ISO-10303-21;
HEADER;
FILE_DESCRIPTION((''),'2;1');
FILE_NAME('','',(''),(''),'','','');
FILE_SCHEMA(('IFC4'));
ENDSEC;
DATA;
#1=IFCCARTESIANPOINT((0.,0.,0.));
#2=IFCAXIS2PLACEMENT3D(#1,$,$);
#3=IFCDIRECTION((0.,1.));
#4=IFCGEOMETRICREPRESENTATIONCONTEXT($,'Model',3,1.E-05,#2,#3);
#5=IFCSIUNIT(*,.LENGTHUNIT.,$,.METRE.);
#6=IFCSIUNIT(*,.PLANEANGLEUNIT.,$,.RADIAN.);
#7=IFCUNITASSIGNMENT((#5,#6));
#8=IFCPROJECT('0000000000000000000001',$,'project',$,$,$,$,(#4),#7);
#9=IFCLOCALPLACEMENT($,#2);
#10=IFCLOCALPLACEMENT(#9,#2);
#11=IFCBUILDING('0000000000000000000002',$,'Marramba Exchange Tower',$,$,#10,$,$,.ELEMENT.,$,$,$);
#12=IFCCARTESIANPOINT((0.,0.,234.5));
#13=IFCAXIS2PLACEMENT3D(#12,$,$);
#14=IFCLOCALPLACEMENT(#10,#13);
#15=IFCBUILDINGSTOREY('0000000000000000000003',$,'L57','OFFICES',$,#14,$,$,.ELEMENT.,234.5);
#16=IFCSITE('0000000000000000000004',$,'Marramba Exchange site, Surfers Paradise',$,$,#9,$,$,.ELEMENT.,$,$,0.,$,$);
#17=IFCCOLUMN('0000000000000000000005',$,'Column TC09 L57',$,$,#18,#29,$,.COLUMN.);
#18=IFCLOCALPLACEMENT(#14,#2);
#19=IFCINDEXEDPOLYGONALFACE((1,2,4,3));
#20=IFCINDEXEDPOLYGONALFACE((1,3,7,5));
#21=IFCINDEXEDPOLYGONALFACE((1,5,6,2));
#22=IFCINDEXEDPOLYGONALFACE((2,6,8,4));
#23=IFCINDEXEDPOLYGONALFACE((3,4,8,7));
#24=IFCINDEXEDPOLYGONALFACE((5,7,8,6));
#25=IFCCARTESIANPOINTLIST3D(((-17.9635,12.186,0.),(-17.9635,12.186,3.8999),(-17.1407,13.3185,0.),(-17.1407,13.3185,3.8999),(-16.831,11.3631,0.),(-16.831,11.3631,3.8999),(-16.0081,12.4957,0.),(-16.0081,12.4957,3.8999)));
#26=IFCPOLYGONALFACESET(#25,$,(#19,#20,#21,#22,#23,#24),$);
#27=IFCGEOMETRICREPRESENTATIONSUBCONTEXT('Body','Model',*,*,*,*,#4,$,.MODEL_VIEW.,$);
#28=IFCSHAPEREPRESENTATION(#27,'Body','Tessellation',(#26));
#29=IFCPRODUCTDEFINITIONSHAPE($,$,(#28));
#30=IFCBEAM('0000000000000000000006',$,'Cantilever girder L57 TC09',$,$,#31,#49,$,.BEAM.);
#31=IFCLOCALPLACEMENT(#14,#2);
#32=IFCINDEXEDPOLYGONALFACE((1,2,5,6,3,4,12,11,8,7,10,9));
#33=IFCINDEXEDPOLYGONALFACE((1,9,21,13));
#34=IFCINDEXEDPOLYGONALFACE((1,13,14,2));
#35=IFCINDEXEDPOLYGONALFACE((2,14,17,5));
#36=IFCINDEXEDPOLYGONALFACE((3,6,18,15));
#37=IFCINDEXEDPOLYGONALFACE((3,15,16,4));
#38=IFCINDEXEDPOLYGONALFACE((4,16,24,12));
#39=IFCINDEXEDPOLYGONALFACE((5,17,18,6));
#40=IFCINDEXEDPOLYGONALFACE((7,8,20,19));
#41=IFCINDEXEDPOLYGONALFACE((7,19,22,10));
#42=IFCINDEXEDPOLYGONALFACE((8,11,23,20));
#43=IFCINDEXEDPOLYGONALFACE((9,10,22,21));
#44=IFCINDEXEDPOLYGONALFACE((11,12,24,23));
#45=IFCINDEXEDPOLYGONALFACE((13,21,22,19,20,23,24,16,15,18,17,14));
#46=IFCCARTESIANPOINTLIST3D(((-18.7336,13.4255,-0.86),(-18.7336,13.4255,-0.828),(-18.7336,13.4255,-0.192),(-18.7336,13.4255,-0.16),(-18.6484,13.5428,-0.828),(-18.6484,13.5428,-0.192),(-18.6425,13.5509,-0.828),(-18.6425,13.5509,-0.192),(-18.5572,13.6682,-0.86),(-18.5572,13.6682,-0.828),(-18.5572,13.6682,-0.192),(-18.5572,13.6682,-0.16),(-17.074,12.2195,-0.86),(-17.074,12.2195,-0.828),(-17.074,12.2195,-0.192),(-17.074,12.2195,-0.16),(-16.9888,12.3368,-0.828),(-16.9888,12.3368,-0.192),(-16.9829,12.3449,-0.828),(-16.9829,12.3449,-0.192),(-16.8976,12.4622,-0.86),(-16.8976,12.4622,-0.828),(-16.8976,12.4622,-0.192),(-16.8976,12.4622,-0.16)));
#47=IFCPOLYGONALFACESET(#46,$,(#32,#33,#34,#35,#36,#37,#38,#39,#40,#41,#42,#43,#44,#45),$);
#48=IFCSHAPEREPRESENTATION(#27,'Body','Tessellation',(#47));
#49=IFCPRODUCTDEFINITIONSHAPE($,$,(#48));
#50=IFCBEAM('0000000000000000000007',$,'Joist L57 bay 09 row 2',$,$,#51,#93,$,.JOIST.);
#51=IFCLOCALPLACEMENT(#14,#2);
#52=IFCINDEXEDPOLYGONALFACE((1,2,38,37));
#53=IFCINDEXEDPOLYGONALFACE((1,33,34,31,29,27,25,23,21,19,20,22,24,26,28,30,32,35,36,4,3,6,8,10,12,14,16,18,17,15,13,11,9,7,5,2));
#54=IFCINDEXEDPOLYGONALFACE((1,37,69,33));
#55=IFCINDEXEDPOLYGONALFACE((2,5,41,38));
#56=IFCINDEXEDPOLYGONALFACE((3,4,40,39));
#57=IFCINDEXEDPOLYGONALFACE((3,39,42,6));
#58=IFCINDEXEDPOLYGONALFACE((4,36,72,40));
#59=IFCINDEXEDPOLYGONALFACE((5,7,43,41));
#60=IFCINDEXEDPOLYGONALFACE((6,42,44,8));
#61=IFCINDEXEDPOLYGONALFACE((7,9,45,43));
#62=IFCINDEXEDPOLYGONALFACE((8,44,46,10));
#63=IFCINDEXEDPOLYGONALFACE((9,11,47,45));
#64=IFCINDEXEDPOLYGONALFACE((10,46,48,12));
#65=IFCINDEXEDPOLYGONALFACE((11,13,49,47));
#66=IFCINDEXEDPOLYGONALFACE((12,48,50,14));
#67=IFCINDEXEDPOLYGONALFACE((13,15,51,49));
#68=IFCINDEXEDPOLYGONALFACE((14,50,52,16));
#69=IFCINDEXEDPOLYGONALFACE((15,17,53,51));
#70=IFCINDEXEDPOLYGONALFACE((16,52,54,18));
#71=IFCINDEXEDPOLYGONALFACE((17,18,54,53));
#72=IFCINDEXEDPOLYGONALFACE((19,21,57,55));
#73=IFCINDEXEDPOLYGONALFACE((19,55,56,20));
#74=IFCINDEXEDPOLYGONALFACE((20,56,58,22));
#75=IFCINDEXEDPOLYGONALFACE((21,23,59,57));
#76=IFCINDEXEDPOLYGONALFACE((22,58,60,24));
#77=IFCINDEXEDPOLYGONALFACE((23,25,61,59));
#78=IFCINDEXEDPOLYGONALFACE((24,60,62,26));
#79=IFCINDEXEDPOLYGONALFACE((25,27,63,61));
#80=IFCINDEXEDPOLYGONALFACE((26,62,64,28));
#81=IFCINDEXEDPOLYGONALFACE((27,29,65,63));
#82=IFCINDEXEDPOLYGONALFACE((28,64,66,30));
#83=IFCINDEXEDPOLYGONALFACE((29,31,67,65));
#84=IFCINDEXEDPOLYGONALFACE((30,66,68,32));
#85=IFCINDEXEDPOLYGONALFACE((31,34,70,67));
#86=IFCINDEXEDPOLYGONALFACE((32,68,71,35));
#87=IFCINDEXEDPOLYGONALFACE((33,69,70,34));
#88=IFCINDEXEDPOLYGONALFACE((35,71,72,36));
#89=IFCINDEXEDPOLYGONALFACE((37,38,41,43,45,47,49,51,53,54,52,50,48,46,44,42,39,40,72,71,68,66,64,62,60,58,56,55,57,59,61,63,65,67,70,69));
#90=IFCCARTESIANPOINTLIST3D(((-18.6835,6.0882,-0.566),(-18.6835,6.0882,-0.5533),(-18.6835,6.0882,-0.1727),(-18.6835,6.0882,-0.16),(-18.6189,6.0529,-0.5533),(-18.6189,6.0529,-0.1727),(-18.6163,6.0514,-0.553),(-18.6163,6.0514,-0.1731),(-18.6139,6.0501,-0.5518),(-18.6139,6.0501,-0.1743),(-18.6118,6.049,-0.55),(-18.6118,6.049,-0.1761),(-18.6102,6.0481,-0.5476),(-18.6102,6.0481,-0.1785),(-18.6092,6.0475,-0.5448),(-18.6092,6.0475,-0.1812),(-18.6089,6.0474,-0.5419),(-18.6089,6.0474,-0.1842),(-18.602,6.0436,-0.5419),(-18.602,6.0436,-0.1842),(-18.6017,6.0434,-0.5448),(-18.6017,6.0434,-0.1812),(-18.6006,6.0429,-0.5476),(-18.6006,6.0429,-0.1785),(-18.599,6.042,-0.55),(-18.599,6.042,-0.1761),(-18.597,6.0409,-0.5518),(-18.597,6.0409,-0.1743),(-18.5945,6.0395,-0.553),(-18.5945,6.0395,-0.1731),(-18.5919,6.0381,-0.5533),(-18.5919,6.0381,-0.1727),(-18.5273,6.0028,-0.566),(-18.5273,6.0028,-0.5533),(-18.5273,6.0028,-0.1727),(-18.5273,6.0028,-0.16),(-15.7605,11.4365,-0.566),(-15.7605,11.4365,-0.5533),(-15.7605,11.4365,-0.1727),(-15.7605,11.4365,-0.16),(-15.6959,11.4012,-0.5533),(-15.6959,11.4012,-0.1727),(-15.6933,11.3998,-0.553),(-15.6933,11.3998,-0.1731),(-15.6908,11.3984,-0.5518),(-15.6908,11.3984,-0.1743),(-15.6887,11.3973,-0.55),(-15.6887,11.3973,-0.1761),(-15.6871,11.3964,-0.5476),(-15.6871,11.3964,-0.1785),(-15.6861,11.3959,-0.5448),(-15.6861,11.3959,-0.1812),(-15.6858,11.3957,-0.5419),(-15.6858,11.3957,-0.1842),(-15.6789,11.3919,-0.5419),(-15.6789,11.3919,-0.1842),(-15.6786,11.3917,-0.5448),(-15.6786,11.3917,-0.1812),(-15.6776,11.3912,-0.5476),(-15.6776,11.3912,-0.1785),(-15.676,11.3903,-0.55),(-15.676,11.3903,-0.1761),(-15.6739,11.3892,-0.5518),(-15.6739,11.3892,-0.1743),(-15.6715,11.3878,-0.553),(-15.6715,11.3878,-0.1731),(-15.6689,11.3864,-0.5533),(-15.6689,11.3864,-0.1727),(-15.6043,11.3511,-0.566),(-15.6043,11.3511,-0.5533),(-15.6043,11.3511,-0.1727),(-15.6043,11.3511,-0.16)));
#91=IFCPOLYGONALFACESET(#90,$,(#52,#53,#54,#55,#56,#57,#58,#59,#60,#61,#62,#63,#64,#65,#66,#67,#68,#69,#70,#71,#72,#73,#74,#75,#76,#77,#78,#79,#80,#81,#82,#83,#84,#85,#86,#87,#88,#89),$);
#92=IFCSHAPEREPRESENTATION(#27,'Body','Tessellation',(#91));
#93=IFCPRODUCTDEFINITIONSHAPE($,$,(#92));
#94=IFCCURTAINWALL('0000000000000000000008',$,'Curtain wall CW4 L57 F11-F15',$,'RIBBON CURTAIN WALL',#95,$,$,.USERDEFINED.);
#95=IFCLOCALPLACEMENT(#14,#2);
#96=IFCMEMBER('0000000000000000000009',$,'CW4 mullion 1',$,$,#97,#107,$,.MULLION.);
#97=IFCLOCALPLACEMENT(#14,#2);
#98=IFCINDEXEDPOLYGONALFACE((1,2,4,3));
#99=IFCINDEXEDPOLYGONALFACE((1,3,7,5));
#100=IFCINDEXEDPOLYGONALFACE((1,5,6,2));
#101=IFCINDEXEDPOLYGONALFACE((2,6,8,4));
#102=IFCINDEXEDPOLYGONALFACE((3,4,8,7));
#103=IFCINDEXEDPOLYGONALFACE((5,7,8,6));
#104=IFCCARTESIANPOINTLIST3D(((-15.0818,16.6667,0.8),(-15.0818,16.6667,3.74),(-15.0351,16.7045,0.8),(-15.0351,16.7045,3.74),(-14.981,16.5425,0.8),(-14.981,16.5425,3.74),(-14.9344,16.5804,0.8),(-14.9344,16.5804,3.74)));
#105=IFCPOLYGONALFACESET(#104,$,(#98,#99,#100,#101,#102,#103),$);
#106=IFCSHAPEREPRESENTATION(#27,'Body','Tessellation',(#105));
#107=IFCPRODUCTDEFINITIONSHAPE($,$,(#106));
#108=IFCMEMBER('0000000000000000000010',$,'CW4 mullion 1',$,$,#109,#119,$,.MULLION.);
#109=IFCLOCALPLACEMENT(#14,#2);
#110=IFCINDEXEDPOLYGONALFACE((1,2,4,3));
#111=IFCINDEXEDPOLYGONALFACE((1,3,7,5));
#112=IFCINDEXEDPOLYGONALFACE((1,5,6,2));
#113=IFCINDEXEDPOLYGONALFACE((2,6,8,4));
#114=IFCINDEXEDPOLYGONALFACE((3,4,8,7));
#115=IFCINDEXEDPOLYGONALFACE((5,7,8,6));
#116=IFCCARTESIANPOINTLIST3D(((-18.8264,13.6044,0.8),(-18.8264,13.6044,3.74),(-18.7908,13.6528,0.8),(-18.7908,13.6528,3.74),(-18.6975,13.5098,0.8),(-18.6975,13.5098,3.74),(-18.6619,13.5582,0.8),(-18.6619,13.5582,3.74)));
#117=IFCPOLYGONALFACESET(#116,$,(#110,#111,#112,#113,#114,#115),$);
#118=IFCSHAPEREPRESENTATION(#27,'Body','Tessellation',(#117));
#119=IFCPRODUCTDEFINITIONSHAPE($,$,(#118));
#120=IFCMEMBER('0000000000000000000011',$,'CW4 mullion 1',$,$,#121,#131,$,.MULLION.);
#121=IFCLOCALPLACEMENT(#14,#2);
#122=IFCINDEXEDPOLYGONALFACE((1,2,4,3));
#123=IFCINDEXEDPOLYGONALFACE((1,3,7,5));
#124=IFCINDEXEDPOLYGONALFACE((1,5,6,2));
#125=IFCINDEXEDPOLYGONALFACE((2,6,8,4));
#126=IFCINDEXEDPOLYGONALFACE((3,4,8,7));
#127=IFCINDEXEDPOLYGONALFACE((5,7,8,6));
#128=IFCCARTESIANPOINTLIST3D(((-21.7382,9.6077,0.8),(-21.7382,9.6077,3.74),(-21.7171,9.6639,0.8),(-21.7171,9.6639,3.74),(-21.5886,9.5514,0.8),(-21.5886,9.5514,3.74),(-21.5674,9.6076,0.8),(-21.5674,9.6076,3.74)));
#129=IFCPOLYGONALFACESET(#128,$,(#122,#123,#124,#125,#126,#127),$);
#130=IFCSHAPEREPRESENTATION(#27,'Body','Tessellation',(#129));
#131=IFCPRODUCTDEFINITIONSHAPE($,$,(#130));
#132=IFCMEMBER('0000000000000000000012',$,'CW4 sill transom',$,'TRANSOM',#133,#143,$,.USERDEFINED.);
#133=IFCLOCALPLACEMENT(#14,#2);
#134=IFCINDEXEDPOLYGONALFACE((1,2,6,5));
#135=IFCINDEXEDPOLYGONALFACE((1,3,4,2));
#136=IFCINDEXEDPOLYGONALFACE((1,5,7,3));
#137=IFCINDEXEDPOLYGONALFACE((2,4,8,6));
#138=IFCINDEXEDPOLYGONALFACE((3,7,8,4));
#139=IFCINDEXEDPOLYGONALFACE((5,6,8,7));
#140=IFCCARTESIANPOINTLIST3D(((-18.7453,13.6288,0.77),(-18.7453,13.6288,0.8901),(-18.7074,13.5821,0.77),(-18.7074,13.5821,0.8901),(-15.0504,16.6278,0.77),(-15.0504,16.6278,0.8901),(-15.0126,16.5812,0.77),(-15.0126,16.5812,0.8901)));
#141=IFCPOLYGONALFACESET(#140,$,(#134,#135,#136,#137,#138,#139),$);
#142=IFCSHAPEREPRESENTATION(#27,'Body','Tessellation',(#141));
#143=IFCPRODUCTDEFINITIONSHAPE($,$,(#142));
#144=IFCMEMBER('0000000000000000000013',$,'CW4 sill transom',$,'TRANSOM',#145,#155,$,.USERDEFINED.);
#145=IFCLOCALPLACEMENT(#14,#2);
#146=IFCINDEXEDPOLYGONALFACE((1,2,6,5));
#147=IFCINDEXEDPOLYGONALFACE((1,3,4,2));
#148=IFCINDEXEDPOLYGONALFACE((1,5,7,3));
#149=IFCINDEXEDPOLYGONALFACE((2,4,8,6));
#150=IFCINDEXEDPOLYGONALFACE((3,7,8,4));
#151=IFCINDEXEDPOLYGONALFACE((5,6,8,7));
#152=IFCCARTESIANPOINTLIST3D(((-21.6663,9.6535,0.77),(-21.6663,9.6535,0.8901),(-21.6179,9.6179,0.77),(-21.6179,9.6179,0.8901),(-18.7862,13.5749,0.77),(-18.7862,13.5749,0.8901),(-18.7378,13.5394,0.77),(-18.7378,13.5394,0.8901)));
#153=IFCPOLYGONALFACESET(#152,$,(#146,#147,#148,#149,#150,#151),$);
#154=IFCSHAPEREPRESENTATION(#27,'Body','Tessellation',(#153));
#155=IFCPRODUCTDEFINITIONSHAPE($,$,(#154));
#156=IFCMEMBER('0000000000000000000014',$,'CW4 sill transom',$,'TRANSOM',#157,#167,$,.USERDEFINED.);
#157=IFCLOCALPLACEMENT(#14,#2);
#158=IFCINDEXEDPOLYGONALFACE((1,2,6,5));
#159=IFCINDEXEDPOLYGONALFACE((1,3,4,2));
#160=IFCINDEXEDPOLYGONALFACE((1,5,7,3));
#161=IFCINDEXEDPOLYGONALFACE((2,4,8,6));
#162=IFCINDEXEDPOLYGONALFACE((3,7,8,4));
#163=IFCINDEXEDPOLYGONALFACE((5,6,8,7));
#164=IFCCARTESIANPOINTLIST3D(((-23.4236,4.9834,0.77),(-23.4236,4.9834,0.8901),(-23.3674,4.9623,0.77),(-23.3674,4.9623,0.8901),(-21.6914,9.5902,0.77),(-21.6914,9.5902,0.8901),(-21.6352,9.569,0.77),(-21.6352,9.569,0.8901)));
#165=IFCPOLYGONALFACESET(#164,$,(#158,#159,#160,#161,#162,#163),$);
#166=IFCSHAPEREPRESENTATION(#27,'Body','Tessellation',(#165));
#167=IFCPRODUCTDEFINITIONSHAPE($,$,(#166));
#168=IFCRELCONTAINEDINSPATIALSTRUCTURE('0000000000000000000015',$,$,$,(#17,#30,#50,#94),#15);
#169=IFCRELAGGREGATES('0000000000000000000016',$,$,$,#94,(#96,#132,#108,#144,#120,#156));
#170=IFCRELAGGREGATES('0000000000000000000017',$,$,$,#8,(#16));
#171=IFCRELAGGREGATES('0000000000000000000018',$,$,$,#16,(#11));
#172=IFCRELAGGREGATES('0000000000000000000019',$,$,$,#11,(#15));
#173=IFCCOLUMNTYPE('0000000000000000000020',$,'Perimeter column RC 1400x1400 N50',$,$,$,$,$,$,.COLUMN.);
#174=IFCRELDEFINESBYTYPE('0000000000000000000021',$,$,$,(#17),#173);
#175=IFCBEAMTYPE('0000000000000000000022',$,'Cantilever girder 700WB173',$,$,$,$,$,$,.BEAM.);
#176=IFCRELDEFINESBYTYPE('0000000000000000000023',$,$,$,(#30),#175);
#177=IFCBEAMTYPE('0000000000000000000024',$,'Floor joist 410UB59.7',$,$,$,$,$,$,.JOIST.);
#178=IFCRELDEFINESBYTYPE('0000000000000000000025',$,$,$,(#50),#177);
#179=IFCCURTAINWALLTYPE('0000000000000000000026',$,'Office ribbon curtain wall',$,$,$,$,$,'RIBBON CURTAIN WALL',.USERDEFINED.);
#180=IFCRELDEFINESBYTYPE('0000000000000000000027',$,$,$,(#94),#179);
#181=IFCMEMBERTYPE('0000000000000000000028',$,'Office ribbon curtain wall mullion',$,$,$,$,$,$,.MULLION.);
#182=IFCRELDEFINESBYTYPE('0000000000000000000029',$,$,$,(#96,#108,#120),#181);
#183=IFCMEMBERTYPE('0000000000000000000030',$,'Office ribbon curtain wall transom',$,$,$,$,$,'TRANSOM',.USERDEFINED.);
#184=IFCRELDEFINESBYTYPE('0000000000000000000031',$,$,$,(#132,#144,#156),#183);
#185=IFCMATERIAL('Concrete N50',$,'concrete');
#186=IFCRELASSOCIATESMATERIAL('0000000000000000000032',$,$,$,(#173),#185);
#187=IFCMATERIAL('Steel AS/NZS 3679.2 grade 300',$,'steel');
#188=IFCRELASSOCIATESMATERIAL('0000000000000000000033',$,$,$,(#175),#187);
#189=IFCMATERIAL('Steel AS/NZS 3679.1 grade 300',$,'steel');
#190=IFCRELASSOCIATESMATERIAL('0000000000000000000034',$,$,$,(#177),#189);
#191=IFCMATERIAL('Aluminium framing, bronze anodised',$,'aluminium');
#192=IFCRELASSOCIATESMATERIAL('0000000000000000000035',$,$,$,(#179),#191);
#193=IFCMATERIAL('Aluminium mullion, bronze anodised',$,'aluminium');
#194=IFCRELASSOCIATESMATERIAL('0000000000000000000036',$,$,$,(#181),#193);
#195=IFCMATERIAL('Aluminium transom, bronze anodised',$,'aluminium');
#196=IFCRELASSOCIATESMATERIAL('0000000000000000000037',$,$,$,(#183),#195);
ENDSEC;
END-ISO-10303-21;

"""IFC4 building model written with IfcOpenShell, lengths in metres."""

from ifc_helpers import new_model, si_unit, direction, frame, origin, origin_2d, place, context, subcontext, project, spatial, rectangle, i_section, extrude, material, material_profile, profile_set, type_object, element, aggregate, save


model = new_model("IFC4")

# Units and contexts
model_context = context("Model", 3, precision=1e-05, world=origin(), true_north=direction((0.0, 1.0)))
body_context = subcontext(model_context, "Body", "Model", "MODEL_VIEW")
ifc_project = project(units=[si_unit("LENGTHUNIT", "METRE"), si_unit("PLANEANGLEUNIT", "RADIAN")], contexts=[model_context])

# Site, building, storey
site_placement = place(None, origin())
site = spatial("IfcSite", under=ifc_project, at=site_placement, Name="Marramba Exchange site, Surfers Paradise", CompositionType="ELEMENT", RefElevation=0.0)
building_placement = place(site_placement, origin())
building = spatial("IfcBuilding", under=site, at=building_placement, Name="Marramba Exchange Tower", CompositionType="ELEMENT")
storey_placement = place(building_placement, frame((0.0, 0.0, 234.5)))
storey = spatial("IfcBuildingStorey", under=building, at=storey_placement, Name="L57", Description="OFFICES", CompositionType="ELEMENT", Elevation=234.5)

# Column
ifc_material_1 = material(Name="Concrete N50", Category="concrete")
ifc_material_profile_1 = material_profile(ifc_material_1, rectangle(XDim=1.3999, YDim=1.3999, at=origin_2d()), Name="RC 1400x1400")
ifc_profile_set_1 = profile_set([ifc_material_profile_1], Name="Concrete N50")
column_type = type_object("IfcColumnType", Name="Perimeter column RC 1400x1400 N50", PredefinedType="COLUMN", material=ifc_profile_set_1)
column_placement = place(storey_placement, frame((-16.9858, 12.3408, 0.0), z_axis=(0.0, 0.0, 1.0), x_axis=(-0.809017, 0.587785, 0.0)))
element("IfcColumn", 1, at=column_placement, inside=storey, type_object=column_type, Name="Column TC09 L57", PredefinedType="COLUMN", context=body_context, shape_type="SweptSolid", body=[
    extrude(rectangle(XDim=1.3999, YDim=1.3999, at=origin_2d()), origin(), (0.0, 0.0, 1.0), 3.8999),
])

# Beams
ifc_material_2 = material(Name="Steel AS/NZS 3679.2 grade 300", Category="steel")
ifc_material_profile_2 = material_profile(ifc_material_2, i_section(OverallWidth=0.3, OverallDepth=0.7, WebThickness=0.01, FlangeThickness=0.032, at=origin_2d()), Name="700WB173")
ifc_profile_set_2 = profile_set([ifc_material_profile_2], Name="Steel AS/NZS 3679.2 grade 300")
beam_type_1 = type_object("IfcBeamType", Name="Cantilever girder 700WB173", PredefinedType="BEAM", material=ifc_profile_set_2)
beam_1_placement = place(storey_placement, frame((-16.9858, 12.3408, -0.51), z_axis=(-0.808962, 0.58786, 0.0), x_axis=(-0.58786, -0.808962, 0.0)))
element("IfcBeam", 2, at=beam_1_placement, inside=storey, type_object=beam_type_1, Name="Cantilever girder L57 TC09", PredefinedType="BEAM", context=body_context, shape_type="SweptSolid", body=[
    extrude(i_section(OverallWidth=0.3, OverallDepth=0.7, WebThickness=0.01, FlangeThickness=0.032, at=origin_2d()), origin(), (0.0, 0.0, 1.0), 2.0515),
])
ifc_material_3 = material(Name="Steel AS/NZS 3679.1 grade 300", Category="steel")
ifc_material_profile_3 = material_profile(ifc_material_3, i_section(OverallWidth=0.178, OverallDepth=0.406, WebThickness=0.0078, FlangeThickness=0.0127, FilletRadius=0.0115, at=origin_2d()), Name="410UB59.7")
ifc_profile_set_3 = profile_set([ifc_material_profile_3], Name="Steel AS/NZS 3679.1 grade 300")
beam_type_2 = type_object("IfcBeamType", Name="Floor joist 410UB59.7", PredefinedType="JOIST", material=ifc_profile_set_3)
beam_2_placement = place(storey_placement, frame((-15.6824, 11.3938, -0.363), z_axis=(-0.479584, -0.877496, 0.0), x_axis=(0.877496, -0.479584, 0.0)))
element("IfcBeam", 3, at=beam_2_placement, inside=storey, type_object=beam_type_2, Name="Joist L57 bay 09 row 2", PredefinedType="JOIST", context=body_context, shape_type="SweptSolid", body=[
    extrude(i_section(OverallWidth=0.178, OverallDepth=0.406, WebThickness=0.0078, FlangeThickness=0.0127, FilletRadius=0.0115, at=origin_2d()), origin(), (0.0, 0.0, 1.0), 6.095),
])

# Curtain wall, members
ifc_material_4 = material(Name="Aluminium framing, bronze anodised", Category="aluminium")
curtain_wall_type = type_object("IfcCurtainWallType", Name="Office ribbon curtain wall", ElementType="RIBBON CURTAIN WALL", PredefinedType="USERDEFINED", material=ifc_material_4)
curtain_wall_placement = place(storey_placement, origin())
curtain_wall = element("IfcCurtainWall", 4, at=curtain_wall_placement, inside=storey, type_object=curtain_wall_type, Name="Curtain wall CW4 L57 F11-F15", ObjectType="RIBBON CURTAIN WALL", PredefinedType="USERDEFINED")
ifc_material_5 = material(Name="Aluminium mullion, bronze anodised", Category="aluminium")
ifc_material_profile_4 = material_profile(ifc_material_5, rectangle(XDim=0.1599, YDim=0.0601, at=origin_2d()), Name="CW4 mullion 60x160")
ifc_profile_set_4 = profile_set([ifc_material_profile_4], Name="Aluminium mullion, bronze anodised")
member_type_1 = type_object("IfcMemberType", Name="Office ribbon curtain wall mullion", PredefinedType="MULLION", material=ifc_profile_set_4)
member_1_placement = place(storey_placement, frame((-15.0081, 16.6235, 0.8), z_axis=(0.0, 0.0, 1.0), x_axis=(0.630201, -0.776432, 0.0)))
member_1 = element("IfcMember", 5, at=member_1_placement, type_object=member_type_1, Name="CW4 mullion 1", PredefinedType="MULLION", context=body_context, shape_type="SweptSolid", body=[
    extrude(rectangle(XDim=0.1599, YDim=0.0601, at=origin_2d()), origin(), (0.0, 0.0, 1.0), 2.9399),
])
member_2_placement = place(storey_placement, frame((-18.7441, 13.5813, 0.8), z_axis=(0.0, 0.0, 1.0), x_axis=(0.805965, -0.591963, 0.0)))
member_2 = element("IfcMember", 6, at=member_2_placement, type_object=member_type_1, Name="CW4 mullion 1", PredefinedType="MULLION", context=body_context, shape_type="SweptSolid", body=[
    extrude(rectangle(XDim=0.1599, YDim=0.0601, at=origin_2d()), origin(), (0.0, 0.0, 1.0), 2.9399),
])
member_3_placement = place(storey_placement, frame((-21.6528, 9.6077, 0.8), z_axis=(0.0, 0.0, 1.0), x_axis=(0.936018, -0.351952, 0.0)))
member_3 = element("IfcMember", 7, at=member_3_placement, type_object=member_type_1, Name="CW4 mullion 1", PredefinedType="MULLION", context=body_context, shape_type="SweptSolid", body=[
    extrude(rectangle(XDim=0.1599, YDim=0.0601, at=origin_2d()), origin(), (0.0, 0.0, 1.0), 2.9399),
])
ifc_material_6 = material(Name="Aluminium transom, bronze anodised", Category="aluminium")
ifc_material_profile_5 = material_profile(ifc_material_6, rectangle(XDim=0.0601, YDim=0.1201, at=origin_2d()), Name="CW4 transom 60x120")
ifc_profile_set_5 = profile_set([ifc_material_profile_5], Name="Aluminium transom, bronze anodised")
member_type_2 = type_object("IfcMemberType", Name="Office ribbon curtain wall transom", ElementType="TRANSOM", PredefinedType="USERDEFINED", material=ifc_profile_set_5)
member_4_placement = place(storey_placement, frame((-15.0315, 16.6045, 0.8301), z_axis=(-0.776425, -0.63021, 0.0), x_axis=(0.63021, -0.776425, 0.0)))
member_4 = element("IfcMember", 8, at=member_4_placement, type_object=member_type_2, Name="CW4 sill transom", ObjectType="TRANSOM", PredefinedType="USERDEFINED", context=body_context, shape_type="SweptSolid", body=[
    extrude(rectangle(XDim=0.0601, YDim=0.1201, at=origin_2d()), origin(), (0.0, 0.0, 1.0), 4.7588),
])
member_5_placement = place(storey_placement, frame((-18.762, 13.5571, 0.8301), z_axis=(-0.591957, -0.805969, 0.0), x_axis=(0.805969, -0.591957, 0.0)))
member_5 = element("IfcMember", 9, at=member_5_placement, type_object=member_type_2, Name="CW4 sill transom", ObjectType="TRANSOM", PredefinedType="USERDEFINED", context=body_context, shape_type="SweptSolid", body=[
    extrude(rectangle(XDim=0.0601, YDim=0.1201, at=origin_2d()), origin(), (0.0, 0.0, 1.0), 4.8655),
])
member_6_placement = place(storey_placement, frame((-21.6633, 9.5796, 0.8301), z_axis=(-0.351955, -0.936017, 0.0), x_axis=(0.936017, -0.351955, 0.0)))
member_6 = element("IfcMember", 10, at=member_6_placement, type_object=member_type_2, Name="CW4 sill transom", ObjectType="TRANSOM", PredefinedType="USERDEFINED", context=body_context, shape_type="SweptSolid", body=[
    extrude(rectangle(XDim=0.0601, YDim=0.1201, at=origin_2d()), origin(), (0.0, 0.0, 1.0), 4.9216),
])

aggregate(curtain_wall, [member_1, member_4, member_2, member_5, member_3, member_6])

save(model, "model.ifc")
